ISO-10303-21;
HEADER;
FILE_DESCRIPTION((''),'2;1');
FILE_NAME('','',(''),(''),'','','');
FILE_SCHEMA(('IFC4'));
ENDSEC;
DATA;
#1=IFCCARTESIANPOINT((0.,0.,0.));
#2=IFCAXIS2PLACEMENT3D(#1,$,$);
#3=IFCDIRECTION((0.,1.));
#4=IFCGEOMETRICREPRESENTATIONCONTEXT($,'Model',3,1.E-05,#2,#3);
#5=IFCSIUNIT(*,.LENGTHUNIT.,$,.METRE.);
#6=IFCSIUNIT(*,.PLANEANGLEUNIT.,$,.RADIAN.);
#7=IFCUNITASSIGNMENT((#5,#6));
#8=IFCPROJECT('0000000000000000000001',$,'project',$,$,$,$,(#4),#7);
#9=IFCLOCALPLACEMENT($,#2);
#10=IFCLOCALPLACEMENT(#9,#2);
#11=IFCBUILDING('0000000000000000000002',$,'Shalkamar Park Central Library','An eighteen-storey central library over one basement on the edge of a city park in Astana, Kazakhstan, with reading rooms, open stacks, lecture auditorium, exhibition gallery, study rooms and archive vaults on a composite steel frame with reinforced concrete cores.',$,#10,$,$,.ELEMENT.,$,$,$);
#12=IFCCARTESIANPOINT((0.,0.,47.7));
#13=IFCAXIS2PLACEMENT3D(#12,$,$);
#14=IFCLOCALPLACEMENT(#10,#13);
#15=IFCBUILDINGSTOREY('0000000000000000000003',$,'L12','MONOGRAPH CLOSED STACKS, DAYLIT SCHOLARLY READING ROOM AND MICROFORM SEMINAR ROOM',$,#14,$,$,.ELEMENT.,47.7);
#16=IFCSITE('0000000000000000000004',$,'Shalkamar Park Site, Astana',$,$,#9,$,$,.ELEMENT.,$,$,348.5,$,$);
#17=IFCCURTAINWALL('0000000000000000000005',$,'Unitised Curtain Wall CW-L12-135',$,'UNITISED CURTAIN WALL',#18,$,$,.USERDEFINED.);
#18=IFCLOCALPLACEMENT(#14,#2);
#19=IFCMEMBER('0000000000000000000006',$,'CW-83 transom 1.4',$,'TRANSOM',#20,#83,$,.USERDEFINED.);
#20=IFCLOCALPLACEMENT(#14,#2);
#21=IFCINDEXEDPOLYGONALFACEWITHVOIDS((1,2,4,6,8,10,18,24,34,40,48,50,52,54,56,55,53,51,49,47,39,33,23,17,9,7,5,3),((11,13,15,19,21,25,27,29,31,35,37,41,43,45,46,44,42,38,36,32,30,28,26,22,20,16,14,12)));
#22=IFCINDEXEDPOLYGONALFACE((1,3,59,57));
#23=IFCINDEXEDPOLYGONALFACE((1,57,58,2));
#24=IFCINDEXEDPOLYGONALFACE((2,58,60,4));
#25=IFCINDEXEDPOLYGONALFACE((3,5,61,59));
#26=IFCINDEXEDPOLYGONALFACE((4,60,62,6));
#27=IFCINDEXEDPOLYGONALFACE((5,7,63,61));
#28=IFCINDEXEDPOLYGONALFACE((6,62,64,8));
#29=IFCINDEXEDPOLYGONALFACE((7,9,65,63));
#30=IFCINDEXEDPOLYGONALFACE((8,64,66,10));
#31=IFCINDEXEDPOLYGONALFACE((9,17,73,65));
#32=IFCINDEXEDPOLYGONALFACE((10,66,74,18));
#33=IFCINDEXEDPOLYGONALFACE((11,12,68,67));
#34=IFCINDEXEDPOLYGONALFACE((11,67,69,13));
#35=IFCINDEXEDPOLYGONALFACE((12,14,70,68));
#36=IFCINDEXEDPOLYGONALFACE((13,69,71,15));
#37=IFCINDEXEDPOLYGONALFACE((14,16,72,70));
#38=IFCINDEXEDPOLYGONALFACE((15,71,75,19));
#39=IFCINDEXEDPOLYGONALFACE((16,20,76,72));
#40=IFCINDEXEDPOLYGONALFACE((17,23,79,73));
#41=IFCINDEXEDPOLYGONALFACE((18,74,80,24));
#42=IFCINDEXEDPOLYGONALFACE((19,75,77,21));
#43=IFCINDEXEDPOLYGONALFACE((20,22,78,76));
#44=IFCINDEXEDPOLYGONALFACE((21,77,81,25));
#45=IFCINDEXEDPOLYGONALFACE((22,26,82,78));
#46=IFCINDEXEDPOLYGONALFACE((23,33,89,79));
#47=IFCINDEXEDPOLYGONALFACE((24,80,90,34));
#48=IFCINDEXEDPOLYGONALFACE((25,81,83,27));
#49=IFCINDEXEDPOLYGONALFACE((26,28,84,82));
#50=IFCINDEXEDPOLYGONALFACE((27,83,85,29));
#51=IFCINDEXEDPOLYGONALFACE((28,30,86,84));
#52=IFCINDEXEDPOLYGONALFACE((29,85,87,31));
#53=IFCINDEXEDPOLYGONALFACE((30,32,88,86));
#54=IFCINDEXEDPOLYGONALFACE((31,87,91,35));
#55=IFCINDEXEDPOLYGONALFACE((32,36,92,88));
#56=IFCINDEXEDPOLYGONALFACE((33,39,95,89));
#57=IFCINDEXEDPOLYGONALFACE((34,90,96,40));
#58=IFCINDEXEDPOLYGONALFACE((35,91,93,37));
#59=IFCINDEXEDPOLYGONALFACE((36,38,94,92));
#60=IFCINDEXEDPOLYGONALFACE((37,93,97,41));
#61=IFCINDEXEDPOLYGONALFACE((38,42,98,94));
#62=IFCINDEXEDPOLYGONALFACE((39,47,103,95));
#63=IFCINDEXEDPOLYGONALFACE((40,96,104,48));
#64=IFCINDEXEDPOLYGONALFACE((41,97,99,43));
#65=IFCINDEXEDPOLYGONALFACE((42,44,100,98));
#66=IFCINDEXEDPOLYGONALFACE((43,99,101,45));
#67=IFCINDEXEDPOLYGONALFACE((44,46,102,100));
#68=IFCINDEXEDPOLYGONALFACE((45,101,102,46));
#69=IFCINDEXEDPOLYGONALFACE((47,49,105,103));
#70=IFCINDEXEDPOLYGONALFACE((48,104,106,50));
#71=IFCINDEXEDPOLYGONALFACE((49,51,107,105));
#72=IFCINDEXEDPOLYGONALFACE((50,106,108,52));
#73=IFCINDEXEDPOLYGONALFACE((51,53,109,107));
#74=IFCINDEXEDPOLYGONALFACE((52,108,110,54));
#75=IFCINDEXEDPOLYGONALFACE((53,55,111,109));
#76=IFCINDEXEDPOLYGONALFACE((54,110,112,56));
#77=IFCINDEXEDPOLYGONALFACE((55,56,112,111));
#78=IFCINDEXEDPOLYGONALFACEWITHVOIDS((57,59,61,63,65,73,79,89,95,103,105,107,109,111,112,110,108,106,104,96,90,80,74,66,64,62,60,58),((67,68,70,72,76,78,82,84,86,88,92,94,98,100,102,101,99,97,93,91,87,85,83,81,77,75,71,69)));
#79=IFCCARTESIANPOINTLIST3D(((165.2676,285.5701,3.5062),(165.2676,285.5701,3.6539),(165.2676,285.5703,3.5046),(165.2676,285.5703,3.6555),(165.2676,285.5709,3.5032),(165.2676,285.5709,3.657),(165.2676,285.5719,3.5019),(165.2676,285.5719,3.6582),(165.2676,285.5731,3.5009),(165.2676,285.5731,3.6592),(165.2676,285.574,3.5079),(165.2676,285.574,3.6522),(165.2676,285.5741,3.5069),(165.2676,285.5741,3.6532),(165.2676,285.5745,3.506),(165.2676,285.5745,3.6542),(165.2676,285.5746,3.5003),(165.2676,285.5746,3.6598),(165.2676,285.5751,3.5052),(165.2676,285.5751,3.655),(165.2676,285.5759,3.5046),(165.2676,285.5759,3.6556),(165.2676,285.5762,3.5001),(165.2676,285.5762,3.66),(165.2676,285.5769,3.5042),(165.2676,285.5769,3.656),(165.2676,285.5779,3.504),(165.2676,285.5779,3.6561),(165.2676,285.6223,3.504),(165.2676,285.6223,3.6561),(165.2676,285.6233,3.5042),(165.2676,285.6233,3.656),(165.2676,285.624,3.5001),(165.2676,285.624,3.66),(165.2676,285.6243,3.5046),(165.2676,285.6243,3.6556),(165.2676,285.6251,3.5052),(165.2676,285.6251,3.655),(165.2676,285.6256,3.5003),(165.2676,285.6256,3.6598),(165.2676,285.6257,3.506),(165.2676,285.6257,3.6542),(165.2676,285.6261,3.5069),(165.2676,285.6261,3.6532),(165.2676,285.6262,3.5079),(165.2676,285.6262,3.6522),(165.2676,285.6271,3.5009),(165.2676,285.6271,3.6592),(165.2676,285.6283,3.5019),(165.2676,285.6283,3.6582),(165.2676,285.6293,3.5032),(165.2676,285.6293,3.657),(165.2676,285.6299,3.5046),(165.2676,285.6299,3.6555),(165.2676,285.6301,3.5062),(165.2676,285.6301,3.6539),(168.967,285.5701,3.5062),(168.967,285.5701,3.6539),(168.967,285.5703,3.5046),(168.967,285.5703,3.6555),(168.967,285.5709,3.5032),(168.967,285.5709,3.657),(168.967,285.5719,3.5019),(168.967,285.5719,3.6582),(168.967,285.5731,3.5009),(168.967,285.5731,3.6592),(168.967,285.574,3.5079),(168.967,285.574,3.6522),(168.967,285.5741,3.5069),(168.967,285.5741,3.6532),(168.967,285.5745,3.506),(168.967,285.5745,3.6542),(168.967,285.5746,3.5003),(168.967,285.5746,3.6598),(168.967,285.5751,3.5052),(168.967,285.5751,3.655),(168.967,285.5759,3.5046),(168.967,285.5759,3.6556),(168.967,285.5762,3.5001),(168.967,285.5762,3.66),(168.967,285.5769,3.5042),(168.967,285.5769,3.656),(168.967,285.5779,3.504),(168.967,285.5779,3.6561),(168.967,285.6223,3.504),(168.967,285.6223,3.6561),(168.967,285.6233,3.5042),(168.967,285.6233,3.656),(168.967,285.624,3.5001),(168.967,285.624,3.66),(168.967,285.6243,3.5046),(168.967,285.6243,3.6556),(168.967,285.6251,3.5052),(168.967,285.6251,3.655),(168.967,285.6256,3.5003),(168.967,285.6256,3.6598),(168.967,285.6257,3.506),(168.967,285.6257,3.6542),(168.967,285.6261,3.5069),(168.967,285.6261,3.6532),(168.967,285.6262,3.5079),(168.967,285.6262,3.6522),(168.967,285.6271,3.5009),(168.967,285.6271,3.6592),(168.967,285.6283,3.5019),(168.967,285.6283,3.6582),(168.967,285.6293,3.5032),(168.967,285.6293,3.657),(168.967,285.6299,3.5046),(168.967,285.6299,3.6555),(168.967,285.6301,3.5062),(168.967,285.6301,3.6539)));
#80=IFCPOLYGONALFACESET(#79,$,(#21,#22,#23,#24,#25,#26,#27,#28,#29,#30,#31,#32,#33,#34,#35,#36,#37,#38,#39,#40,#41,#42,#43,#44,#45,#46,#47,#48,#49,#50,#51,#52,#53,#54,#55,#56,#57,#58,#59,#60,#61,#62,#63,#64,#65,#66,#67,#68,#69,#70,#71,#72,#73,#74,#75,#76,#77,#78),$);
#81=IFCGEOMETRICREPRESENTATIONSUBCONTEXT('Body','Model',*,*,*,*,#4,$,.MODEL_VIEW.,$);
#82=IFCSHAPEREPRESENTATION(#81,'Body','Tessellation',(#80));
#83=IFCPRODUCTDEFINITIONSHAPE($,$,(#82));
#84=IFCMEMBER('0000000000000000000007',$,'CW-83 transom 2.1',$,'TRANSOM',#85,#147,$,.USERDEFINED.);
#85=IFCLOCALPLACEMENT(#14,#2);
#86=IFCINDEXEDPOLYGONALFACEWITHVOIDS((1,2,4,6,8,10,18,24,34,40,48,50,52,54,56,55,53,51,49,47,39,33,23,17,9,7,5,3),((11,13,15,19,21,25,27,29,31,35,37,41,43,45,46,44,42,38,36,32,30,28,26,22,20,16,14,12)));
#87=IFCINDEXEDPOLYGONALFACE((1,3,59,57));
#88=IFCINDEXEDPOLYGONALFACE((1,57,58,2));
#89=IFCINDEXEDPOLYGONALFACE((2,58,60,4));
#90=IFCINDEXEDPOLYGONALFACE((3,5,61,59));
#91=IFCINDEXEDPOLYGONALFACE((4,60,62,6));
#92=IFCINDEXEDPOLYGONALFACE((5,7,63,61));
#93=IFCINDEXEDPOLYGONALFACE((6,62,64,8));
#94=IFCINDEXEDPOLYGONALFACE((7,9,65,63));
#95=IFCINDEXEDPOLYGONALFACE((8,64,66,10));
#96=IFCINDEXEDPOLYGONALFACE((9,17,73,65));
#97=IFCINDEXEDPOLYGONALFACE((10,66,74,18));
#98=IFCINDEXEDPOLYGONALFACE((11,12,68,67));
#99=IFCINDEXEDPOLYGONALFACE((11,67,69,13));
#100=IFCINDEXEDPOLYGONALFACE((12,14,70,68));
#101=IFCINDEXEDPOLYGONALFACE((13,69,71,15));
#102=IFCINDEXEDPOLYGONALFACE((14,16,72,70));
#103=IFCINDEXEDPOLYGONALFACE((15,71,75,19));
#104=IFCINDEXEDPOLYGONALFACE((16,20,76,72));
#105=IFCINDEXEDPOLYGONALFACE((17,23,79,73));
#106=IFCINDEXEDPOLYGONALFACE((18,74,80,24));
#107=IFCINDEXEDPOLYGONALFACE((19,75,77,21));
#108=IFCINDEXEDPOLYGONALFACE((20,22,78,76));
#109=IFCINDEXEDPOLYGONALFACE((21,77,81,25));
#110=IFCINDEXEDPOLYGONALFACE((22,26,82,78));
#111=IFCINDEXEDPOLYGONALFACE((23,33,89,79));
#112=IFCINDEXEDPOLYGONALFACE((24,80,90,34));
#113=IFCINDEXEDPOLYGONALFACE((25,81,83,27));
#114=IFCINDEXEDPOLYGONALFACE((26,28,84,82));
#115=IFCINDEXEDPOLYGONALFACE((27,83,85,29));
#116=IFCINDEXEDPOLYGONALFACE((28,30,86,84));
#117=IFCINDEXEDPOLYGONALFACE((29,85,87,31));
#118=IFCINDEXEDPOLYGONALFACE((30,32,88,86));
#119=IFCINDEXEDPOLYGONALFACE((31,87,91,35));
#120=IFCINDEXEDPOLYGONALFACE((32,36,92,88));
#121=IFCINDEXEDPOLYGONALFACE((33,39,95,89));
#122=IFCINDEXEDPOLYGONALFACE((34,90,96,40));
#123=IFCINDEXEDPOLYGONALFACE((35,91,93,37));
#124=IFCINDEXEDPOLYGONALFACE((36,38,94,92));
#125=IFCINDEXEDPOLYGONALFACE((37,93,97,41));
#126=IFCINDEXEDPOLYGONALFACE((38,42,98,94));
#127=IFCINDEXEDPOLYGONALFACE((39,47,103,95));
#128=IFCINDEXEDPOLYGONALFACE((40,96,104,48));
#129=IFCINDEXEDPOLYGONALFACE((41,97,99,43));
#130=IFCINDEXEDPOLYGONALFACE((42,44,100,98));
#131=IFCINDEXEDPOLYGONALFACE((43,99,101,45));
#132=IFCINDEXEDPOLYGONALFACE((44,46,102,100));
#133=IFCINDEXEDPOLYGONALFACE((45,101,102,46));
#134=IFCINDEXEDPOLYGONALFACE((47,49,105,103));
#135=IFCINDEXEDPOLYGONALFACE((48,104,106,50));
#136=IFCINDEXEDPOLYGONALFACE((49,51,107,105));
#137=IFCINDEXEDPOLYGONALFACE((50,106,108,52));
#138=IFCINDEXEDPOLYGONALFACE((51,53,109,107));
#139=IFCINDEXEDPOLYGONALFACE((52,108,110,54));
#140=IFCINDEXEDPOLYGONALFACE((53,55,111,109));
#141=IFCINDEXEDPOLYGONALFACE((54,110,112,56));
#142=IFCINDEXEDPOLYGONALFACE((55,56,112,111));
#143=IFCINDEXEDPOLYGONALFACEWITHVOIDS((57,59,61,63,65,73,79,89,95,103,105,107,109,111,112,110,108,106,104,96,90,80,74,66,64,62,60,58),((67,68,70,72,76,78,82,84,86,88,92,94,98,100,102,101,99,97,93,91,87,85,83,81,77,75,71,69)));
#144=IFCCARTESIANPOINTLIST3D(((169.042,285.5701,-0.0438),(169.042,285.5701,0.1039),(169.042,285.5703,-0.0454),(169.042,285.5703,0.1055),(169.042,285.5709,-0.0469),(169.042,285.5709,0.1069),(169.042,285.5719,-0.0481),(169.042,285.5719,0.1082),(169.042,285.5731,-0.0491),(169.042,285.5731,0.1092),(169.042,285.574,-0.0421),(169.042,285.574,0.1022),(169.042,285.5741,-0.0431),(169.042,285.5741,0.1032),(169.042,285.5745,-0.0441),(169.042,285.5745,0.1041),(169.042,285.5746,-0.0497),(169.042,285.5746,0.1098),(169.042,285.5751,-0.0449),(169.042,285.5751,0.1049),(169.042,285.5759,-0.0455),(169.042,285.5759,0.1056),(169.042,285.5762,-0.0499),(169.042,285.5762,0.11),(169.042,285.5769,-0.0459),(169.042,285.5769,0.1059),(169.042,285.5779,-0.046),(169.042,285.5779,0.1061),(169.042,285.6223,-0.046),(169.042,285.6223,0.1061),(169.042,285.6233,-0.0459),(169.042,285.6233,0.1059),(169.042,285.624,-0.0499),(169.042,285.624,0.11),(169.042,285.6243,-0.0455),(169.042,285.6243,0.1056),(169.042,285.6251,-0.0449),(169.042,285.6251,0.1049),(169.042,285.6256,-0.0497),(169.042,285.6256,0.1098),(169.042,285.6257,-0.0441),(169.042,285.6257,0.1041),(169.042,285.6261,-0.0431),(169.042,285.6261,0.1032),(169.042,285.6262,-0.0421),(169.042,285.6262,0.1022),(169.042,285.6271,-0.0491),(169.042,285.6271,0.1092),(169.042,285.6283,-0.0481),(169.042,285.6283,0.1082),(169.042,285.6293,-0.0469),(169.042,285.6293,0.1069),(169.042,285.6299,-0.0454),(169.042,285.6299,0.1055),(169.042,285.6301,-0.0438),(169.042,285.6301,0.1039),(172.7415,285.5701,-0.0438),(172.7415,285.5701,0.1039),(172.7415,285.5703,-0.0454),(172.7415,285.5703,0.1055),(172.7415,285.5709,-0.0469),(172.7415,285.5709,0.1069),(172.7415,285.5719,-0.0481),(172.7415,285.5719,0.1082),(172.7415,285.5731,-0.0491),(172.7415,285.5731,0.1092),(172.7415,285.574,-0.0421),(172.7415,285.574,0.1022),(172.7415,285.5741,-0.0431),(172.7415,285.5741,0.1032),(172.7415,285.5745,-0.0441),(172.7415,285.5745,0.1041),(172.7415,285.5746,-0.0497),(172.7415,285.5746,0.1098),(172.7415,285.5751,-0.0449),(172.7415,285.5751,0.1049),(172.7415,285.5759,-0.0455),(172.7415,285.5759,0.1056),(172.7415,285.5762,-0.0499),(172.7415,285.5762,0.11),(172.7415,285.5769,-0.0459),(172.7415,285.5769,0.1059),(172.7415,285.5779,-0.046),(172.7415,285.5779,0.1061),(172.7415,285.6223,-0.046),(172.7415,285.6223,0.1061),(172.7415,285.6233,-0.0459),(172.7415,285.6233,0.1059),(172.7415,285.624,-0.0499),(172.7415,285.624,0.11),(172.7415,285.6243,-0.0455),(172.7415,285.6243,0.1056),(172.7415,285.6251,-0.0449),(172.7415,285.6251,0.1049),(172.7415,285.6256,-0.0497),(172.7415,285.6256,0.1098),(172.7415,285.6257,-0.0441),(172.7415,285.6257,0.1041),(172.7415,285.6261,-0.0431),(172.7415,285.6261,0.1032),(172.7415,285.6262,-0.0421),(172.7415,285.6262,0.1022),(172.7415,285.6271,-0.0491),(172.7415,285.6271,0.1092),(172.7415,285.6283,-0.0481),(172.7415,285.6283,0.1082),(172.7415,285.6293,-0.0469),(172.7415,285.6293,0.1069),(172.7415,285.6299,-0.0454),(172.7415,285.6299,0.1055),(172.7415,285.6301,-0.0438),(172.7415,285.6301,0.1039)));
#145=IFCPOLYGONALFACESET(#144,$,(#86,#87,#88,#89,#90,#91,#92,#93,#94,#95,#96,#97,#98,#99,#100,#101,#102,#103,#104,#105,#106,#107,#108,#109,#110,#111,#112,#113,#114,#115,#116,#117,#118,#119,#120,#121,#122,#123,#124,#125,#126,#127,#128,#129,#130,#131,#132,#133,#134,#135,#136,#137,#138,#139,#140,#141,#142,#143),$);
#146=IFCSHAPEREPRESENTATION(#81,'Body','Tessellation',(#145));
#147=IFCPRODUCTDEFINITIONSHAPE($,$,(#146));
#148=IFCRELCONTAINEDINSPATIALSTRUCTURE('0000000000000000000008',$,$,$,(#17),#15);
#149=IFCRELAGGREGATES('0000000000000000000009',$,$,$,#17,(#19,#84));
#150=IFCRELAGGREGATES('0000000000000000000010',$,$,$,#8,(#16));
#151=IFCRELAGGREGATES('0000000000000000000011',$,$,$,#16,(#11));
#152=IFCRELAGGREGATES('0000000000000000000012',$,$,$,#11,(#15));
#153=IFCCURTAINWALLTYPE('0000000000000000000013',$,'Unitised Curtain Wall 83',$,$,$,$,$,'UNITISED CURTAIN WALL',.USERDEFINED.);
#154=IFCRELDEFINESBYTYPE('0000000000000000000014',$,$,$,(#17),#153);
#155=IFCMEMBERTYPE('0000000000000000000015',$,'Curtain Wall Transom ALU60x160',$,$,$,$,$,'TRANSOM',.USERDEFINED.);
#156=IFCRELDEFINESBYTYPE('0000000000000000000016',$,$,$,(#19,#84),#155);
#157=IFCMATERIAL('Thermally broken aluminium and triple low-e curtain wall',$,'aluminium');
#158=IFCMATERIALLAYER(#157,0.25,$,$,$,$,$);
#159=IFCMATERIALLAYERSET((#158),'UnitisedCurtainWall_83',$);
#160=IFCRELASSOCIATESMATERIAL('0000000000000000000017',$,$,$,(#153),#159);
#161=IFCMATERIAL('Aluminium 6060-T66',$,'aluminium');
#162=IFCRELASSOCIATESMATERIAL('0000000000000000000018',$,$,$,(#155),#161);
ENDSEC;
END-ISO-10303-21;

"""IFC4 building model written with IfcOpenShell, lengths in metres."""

from ifc_helpers import new_model, si_unit, direction, frame, origin, origin_2d, place, context, subcontext, project, spatial, hollow_rectangle, extrude, material, layer, layer_set, material_profile, profile_set, type_object, element, aggregate, save


model = new_model("IFC4")

# Units and contexts
model_context = context("Model", 3, precision=1e-05, world=origin(), true_north=direction((0.0, 1.0)))
body_context = subcontext(model_context, "Body", "Model", "MODEL_VIEW")
ifc_project = project(units=[si_unit("LENGTHUNIT", "METRE"), si_unit("PLANEANGLEUNIT", "RADIAN")], contexts=[model_context])

# Site, building, storey
site_placement = place(None, origin())
site = spatial("IfcSite", under=ifc_project, at=site_placement, Name="Shalkamar Park Site, Astana", CompositionType="ELEMENT", RefElevation=348.5)
building_placement = place(site_placement, origin())
building = spatial("IfcBuilding", under=site, at=building_placement, Name="Shalkamar Park Central Library", Description="An eighteen-storey central library over one basement on the edge of a city park in Astana, Kazakhstan, with reading rooms, open stacks, lecture auditorium, exhibition gallery, study rooms and archive vaults on a composite steel frame with reinforced concrete cores.", CompositionType="ELEMENT")
storey_placement = place(building_placement, frame((0.0, 0.0, 47.7)))
storey = spatial("IfcBuildingStorey", under=building, at=storey_placement, Name="L12", Description="MONOGRAPH CLOSED STACKS, DAYLIT SCHOLARLY READING ROOM AND MICROFORM SEMINAR ROOM", CompositionType="ELEMENT", Elevation=47.7)

# Curtain wall
ifc_material_1 = material(Name="Thermally broken aluminium and triple low-e curtain wall", Category="aluminium")
ifc_layer_1 = layer(ifc_material_1, 0.25)
ifc_layer_set_1 = layer_set([ifc_layer_1], Name="UnitisedCurtainWall_83")
curtain_wall_type_1 = type_object("IfcCurtainWallType", Name="Unitised Curtain Wall 83", ElementType="UNITISED CURTAIN WALL", PredefinedType="USERDEFINED", material=ifc_layer_set_1)
curtain_wall_1_placement = place(storey_placement, origin())
curtain_wall_1 = element("IfcCurtainWall", 1, at=curtain_wall_1_placement, inside=storey, type_object=curtain_wall_type_1, Name="Unitised Curtain Wall CW-L12-135", ObjectType="UNITISED CURTAIN WALL", PredefinedType="USERDEFINED")
ifc_material_2 = material(Name="Aluminium 6060-T66", Category="aluminium")

# Members
ifc_material_profile_1 = material_profile(ifc_material_2, hollow_rectangle(XDim=0.0601, YDim=0.1599, WallThickness=0.0039, InnerFilletRadius=0.0039, OuterFilletRadius=0.0061, at=origin_2d()), Name="ALU 60x160x4")
ifc_profile_set_1 = profile_set([ifc_material_profile_1], Name="Aluminium 6060-T66")
member_type_1 = type_object("IfcMemberType", Name="Curtain Wall Transom ALU60x160", ElementType="TRANSOM", PredefinedType="USERDEFINED", material=ifc_profile_set_1)
member_1_placement = place(storey_placement, frame((165.2676, 285.6001, 3.5801), z_axis=(1.0, 0.0, 0.0), x_axis=(0.0, 1.0, 0.0)))
member_1 = element("IfcMember", 2, at=member_1_placement, type_object=member_type_1, Name="CW-83 transom 1.4", ObjectType="TRANSOM", PredefinedType="USERDEFINED", context=body_context, shape_type="SweptSolid", body=[
    extrude(hollow_rectangle(XDim=0.0601, YDim=0.1599, WallThickness=0.0039, InnerFilletRadius=0.0039, OuterFilletRadius=0.0061, at=origin_2d()), origin(), (0.0, 0.0, 1.0), 3.6995),
])
member_2_placement = place(storey_placement, frame((169.042, 285.6001, 0.03), z_axis=(1.0, 0.0, 0.0), x_axis=(0.0, 1.0, 0.0)))
member_2 = element("IfcMember", 3, at=member_2_placement, type_object=member_type_1, Name="CW-83 transom 2.1", ObjectType="TRANSOM", PredefinedType="USERDEFINED", context=body_context, shape_type="SweptSolid", body=[
    extrude(hollow_rectangle(XDim=0.0601, YDim=0.1599, WallThickness=0.0039, InnerFilletRadius=0.0039, OuterFilletRadius=0.0061, at=origin_2d()), origin(), (0.0, 0.0, 1.0), 3.6995),
])

aggregate(curtain_wall_1, [member_1, member_2])

save(model, "model.ifc")
